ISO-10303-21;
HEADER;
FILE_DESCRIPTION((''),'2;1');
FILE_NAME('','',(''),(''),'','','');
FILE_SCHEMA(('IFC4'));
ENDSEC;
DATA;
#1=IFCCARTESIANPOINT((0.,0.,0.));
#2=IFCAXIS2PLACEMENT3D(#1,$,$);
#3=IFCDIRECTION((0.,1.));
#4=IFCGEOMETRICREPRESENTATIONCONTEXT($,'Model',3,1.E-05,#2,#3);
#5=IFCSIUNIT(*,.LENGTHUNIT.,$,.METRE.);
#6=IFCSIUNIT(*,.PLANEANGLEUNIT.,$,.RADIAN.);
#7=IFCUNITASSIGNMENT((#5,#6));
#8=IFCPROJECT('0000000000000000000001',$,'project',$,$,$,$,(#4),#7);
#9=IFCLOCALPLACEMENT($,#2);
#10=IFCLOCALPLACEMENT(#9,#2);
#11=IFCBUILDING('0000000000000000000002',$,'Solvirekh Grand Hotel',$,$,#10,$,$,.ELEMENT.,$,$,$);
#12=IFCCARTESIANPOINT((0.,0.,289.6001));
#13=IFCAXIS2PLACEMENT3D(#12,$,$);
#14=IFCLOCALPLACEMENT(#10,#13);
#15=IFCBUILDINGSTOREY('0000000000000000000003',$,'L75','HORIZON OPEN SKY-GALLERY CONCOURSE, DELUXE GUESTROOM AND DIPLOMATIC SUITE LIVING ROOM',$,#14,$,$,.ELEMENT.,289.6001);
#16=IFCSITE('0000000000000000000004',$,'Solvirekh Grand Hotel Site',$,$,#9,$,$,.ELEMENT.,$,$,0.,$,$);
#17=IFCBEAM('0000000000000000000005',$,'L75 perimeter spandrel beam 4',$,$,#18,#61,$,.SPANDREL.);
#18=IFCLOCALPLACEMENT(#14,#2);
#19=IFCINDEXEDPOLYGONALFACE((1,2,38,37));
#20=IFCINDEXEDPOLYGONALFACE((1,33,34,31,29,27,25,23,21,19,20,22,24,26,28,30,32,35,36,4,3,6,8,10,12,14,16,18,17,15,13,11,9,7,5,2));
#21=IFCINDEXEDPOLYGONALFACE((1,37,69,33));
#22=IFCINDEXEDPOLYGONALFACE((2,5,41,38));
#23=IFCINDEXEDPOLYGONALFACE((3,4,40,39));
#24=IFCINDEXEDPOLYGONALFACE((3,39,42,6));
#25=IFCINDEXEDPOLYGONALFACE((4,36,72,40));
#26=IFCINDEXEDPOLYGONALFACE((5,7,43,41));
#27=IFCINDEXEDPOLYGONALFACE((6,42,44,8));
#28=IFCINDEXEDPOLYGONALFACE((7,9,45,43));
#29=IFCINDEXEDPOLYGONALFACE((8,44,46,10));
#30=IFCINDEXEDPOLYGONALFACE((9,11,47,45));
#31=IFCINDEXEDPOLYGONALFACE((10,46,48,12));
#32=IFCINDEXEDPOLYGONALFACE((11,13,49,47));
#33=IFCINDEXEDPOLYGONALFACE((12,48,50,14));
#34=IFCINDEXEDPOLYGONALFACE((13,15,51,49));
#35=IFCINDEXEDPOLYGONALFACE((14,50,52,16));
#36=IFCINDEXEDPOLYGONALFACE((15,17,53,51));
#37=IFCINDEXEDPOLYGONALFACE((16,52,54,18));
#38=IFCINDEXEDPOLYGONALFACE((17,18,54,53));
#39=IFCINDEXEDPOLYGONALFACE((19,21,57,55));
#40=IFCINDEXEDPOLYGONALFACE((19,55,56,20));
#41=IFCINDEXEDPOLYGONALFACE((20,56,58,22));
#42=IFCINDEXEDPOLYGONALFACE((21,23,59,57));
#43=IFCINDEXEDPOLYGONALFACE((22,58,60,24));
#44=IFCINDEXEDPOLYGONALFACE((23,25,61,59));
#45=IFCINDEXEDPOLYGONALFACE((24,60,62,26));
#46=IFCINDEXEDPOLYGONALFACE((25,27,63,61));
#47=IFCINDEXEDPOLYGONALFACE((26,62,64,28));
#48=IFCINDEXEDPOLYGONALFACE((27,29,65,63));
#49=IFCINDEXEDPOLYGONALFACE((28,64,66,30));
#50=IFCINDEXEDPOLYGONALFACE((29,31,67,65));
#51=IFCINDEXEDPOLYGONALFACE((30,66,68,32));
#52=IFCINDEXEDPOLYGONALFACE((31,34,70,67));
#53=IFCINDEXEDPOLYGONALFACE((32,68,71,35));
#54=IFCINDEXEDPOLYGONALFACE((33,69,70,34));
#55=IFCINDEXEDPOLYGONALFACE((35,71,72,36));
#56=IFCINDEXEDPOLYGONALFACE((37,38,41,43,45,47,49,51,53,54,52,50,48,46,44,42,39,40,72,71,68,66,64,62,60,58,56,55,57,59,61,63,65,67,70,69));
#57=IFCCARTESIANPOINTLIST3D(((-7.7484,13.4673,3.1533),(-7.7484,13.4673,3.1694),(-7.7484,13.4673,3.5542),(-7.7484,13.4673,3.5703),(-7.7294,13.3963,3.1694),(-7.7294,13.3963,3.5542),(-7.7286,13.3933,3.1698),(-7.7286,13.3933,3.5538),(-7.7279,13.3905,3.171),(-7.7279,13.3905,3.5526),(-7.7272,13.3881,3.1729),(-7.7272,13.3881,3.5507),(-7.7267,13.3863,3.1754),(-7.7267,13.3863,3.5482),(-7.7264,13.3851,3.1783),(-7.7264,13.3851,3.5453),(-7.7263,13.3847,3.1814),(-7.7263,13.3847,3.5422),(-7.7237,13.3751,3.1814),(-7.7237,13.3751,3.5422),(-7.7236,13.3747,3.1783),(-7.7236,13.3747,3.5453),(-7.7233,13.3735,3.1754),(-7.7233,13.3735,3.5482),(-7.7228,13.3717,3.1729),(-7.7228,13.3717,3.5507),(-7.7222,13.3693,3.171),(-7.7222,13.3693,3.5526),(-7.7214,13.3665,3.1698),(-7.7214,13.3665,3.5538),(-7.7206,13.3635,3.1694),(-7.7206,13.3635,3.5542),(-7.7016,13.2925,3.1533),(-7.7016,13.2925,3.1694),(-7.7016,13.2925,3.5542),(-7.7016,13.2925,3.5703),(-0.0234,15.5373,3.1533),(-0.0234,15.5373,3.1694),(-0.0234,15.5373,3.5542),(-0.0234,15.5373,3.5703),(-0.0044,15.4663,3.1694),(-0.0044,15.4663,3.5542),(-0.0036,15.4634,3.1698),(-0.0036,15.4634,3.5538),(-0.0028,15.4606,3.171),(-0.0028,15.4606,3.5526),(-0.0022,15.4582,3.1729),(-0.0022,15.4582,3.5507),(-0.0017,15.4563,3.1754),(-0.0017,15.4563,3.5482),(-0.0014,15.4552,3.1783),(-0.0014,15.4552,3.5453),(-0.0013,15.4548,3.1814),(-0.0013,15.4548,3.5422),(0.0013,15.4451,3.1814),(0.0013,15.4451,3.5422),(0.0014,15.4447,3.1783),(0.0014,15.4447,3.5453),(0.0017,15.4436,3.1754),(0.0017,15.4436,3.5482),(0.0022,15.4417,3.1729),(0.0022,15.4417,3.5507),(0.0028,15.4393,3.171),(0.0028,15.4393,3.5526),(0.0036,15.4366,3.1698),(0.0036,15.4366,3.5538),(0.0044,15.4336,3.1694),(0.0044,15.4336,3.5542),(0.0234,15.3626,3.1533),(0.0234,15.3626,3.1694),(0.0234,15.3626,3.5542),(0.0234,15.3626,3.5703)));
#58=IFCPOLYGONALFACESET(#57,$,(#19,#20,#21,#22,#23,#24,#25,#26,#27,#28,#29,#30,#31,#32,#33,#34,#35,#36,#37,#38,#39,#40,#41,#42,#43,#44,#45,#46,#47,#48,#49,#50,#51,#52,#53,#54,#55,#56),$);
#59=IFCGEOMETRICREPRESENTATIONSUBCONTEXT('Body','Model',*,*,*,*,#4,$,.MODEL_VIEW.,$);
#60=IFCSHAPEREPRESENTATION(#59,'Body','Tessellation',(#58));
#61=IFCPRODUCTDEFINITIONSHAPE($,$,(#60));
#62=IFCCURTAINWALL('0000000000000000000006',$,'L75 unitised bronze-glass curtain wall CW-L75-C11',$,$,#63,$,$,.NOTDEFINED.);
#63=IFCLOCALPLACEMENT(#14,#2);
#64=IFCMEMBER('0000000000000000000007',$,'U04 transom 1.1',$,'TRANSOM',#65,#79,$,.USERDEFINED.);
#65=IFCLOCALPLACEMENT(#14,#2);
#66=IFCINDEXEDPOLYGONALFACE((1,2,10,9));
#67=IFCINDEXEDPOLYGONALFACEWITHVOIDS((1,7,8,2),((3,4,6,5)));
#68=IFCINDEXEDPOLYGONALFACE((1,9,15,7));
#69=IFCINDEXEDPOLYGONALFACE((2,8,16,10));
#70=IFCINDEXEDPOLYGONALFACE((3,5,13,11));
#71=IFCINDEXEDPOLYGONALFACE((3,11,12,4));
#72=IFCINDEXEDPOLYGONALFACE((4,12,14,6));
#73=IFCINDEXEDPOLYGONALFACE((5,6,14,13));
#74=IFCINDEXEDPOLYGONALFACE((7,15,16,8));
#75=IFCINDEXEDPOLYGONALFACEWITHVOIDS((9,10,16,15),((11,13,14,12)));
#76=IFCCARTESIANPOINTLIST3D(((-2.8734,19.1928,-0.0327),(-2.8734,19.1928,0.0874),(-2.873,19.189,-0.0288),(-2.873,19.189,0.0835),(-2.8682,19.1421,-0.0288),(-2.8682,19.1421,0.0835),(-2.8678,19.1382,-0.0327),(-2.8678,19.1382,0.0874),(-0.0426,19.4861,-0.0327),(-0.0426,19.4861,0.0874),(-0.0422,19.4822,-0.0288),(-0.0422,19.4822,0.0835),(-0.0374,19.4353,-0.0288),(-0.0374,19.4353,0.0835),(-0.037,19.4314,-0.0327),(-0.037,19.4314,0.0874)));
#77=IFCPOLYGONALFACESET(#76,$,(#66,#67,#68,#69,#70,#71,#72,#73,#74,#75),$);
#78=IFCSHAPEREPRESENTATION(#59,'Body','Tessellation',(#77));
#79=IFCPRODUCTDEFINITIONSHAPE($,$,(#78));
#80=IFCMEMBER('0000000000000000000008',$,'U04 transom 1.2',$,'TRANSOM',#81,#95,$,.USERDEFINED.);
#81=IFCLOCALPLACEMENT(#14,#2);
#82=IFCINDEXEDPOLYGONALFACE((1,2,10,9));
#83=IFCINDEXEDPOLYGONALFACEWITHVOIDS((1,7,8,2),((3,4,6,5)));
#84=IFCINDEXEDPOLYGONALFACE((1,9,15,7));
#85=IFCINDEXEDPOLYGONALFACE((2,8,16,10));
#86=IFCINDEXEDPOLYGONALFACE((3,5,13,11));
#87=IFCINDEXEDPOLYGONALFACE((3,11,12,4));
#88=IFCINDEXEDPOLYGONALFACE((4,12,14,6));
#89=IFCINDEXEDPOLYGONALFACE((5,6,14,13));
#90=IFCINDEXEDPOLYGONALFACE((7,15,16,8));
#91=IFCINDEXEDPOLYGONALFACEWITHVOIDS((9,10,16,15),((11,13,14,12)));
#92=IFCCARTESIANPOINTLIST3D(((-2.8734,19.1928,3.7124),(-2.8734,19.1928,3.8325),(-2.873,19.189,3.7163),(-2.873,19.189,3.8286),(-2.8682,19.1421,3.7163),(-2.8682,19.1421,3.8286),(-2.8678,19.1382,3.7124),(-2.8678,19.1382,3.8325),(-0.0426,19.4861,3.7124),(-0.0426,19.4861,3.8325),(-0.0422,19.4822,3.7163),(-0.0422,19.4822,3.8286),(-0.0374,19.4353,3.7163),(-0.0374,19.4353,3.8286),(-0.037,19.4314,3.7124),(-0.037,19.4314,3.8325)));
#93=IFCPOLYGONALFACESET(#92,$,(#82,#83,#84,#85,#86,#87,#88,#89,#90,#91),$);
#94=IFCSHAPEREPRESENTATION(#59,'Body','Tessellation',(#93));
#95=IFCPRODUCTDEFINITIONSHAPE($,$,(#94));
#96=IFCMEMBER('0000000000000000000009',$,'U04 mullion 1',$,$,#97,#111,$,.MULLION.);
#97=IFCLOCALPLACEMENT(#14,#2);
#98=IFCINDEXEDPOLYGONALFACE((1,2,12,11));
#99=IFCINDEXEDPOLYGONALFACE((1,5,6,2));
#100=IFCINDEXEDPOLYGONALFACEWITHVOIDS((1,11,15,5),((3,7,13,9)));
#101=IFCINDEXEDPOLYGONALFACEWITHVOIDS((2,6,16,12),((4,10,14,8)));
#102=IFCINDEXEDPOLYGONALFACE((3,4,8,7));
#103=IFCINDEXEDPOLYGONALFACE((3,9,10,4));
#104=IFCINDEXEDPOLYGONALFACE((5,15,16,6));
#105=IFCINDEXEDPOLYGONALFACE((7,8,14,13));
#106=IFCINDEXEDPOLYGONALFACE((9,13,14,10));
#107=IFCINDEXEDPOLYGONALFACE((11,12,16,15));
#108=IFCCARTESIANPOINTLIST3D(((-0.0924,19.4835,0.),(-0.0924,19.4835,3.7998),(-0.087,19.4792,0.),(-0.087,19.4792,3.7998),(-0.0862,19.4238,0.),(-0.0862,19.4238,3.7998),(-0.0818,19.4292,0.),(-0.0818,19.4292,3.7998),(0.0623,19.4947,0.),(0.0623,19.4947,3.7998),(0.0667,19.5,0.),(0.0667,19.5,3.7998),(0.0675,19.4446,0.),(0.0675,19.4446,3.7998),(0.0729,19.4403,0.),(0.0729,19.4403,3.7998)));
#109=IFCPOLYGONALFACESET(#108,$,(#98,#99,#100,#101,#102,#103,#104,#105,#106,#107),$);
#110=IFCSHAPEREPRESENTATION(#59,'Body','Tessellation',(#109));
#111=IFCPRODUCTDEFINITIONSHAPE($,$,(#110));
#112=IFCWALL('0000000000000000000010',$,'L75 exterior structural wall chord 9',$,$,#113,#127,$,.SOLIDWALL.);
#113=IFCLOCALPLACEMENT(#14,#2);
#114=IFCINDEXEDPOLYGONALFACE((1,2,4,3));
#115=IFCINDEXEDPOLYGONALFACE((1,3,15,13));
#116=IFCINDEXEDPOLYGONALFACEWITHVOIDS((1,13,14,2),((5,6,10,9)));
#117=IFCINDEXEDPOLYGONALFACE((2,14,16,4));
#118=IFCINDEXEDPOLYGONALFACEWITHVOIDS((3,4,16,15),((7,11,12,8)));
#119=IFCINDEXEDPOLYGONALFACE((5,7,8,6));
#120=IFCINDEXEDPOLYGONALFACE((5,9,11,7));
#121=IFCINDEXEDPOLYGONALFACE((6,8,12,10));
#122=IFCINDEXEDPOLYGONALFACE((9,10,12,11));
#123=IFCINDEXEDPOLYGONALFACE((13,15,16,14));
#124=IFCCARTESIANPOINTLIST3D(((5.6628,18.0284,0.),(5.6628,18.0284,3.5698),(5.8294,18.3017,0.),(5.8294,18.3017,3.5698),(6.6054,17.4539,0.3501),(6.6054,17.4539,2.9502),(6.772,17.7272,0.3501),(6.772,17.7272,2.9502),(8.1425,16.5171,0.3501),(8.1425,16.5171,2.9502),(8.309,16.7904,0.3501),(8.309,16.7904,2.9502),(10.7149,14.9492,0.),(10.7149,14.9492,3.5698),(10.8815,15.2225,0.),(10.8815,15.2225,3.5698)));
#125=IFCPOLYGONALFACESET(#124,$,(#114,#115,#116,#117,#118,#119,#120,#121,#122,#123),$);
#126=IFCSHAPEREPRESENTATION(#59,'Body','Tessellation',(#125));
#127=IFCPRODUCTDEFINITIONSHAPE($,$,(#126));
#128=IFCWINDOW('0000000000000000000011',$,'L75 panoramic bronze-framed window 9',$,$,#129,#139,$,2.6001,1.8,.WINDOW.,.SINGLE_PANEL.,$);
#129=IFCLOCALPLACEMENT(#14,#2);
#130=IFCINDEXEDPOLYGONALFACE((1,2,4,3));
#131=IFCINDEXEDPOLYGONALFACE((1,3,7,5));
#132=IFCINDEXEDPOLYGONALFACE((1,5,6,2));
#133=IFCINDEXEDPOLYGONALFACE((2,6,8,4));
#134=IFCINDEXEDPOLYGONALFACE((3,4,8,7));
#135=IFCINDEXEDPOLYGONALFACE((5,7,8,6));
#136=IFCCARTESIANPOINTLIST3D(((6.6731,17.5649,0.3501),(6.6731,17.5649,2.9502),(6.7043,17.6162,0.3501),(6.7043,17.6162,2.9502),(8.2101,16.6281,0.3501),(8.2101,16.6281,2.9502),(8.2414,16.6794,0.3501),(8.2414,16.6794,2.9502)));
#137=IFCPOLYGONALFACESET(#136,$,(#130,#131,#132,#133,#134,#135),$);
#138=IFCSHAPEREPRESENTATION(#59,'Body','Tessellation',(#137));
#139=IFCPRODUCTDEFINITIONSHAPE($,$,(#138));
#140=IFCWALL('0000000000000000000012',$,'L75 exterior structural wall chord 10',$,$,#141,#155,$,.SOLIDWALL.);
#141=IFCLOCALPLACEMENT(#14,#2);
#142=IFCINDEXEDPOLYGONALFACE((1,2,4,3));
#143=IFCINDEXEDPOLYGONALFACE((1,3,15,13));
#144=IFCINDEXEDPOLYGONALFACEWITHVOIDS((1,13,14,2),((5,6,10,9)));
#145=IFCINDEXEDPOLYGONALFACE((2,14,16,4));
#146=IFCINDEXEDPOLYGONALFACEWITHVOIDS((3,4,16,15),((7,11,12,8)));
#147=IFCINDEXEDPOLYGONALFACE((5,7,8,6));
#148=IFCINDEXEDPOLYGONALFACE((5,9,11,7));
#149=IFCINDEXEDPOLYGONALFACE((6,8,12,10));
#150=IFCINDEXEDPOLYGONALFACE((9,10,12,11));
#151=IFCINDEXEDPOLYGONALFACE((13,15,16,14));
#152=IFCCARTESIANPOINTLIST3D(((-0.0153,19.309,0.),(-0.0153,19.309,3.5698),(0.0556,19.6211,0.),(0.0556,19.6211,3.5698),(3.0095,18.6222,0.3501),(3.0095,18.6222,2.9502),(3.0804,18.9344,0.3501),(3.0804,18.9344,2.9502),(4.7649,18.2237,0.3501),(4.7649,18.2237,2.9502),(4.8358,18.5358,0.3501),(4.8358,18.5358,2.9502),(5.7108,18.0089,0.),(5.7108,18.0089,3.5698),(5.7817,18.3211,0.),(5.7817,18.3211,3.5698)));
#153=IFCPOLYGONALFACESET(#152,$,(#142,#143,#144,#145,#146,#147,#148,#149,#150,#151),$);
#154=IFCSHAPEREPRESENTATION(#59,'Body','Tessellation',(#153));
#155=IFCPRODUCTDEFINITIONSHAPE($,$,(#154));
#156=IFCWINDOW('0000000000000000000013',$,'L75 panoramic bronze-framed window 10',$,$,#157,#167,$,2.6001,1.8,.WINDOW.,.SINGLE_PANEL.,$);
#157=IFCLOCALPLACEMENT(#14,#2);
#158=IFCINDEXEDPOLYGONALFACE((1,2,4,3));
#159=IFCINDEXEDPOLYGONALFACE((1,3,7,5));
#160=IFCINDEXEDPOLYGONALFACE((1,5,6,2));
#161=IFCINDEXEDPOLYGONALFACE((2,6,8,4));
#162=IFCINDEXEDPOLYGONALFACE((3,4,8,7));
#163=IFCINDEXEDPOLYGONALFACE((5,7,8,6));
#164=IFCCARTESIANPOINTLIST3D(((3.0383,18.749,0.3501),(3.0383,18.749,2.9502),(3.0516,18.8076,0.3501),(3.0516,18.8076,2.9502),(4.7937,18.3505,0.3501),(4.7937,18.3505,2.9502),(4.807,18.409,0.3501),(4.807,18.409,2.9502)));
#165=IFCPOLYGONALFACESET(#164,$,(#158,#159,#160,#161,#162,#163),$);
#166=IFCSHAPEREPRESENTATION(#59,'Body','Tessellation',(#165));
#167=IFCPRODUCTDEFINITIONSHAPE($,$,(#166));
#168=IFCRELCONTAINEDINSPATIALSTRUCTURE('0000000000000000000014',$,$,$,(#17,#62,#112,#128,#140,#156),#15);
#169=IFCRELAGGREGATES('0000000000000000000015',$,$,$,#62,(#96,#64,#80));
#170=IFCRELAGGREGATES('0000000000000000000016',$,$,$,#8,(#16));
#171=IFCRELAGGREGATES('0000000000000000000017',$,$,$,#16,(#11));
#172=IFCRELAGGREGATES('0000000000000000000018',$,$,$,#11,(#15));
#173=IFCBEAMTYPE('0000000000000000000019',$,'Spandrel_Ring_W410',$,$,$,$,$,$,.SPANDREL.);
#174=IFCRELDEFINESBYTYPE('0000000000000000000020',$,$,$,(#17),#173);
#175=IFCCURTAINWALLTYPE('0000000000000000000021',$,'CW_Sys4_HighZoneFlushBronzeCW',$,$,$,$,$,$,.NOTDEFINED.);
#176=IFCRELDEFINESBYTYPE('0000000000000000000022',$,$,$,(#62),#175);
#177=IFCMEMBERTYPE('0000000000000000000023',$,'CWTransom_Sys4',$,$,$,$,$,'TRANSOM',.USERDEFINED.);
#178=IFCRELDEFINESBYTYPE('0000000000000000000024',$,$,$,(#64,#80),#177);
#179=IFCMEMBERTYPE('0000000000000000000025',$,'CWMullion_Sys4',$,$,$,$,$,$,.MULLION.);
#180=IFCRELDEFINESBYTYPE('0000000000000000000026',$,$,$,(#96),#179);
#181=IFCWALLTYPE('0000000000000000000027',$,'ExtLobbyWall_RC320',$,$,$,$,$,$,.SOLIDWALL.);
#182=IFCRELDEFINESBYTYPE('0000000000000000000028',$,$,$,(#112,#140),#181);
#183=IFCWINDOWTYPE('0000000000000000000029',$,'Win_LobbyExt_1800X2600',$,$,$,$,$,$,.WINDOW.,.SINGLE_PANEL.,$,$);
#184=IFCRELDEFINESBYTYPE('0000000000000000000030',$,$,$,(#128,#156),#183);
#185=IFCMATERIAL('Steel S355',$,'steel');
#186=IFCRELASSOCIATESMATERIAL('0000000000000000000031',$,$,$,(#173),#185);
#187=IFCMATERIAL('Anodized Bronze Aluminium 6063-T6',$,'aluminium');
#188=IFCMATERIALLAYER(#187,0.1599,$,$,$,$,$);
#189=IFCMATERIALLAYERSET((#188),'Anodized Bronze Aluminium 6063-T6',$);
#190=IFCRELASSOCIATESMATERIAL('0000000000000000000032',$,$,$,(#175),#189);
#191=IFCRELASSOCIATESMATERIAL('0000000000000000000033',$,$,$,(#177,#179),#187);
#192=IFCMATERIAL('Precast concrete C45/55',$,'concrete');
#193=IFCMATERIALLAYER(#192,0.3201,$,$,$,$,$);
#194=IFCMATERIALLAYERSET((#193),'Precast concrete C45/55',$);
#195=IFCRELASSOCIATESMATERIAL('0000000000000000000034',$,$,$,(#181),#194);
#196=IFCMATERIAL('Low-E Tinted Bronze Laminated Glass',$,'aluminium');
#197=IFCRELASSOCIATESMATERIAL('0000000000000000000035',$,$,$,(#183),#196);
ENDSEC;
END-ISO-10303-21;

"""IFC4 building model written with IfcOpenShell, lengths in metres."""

from ifc_helpers import new_model, si_unit, direction, frame, frame_2d, origin, origin_2d, place, context, subcontext, project, spatial, rectangle, hollow_rectangle, i_section, extrude, source, transform, mapped, material, layer, layer_set, material_profile, profile_set, type_object, element, fill, aggregate, save


model = new_model("IFC4")

# Units and contexts
model_context = context("Model", 3, precision=1e-05, world=origin(), true_north=direction((0.0, 1.0)))
body_context = subcontext(model_context, "Body", "Model", "MODEL_VIEW")
ifc_project = project(units=[si_unit("LENGTHUNIT", "METRE"), si_unit("PLANEANGLEUNIT", "RADIAN")], contexts=[model_context])

# Site, building, storey
site_placement = place(None, origin())
site = spatial("IfcSite", under=ifc_project, at=site_placement, Name="Solvirekh Grand Hotel Site", CompositionType="ELEMENT", RefElevation=0.0)
building_placement = place(site_placement, origin())
building = spatial("IfcBuilding", under=site, at=building_placement, Name="Solvirekh Grand Hotel", CompositionType="ELEMENT")
storey_placement = place(building_placement, frame((0.0, 0.0, 289.6001)))
storey = spatial("IfcBuildingStorey", under=building, at=storey_placement, Name="L75", Description="HORIZON OPEN SKY-GALLERY CONCOURSE, DELUXE GUESTROOM AND DIPLOMATIC SUITE LIVING ROOM", CompositionType="ELEMENT", Elevation=289.6001)

# Beam
ifc_material_1 = material(Name="Steel S355", Category="steel")
ifc_material_profile_1 = material_profile(ifc_material_1, i_section(OverallWidth=0.1809, OverallDepth=0.417, WebThickness=0.01, FlangeThickness=0.0161, FilletRadius=0.012, at=origin_2d()), Name="W410X85")
ifc_profile_set_1 = profile_set([ifc_material_profile_1], Name="Steel S355")
beam_type_1 = type_object("IfcBeamType", Name="Spandrel_Ring_W410", PredefinedType="SPANDREL", material=ifc_profile_set_1)
for number, where, z_axis, x_axis, name in (
    (1, (0.0, 15.45, 3.3618), (-0.965922, -0.258835, 0.0), (0.258835, -0.965922, 0.0), "L75 perimeter spandrel beam 4"),
):
    element("IfcBeam", number, at=place(storey_placement, frame(where, z_axis=z_axis, x_axis=x_axis)), inside=storey, type_object=beam_type_1, Name=name, PredefinedType="SPANDREL", context=body_context, shape_type="SweptSolid", body=[
        extrude(i_section(OverallWidth=0.1809, OverallDepth=0.417, WebThickness=0.01, FlangeThickness=0.0161, FilletRadius=0.012, at=origin_2d()), origin(), (0.0, 0.0, 1.0), 7.9976),
    ])

# Curtain wall, members
ifc_material_2 = material(Name="Anodized Bronze Aluminium 6063-T6", Category="aluminium")
ifc_layer_1 = layer(ifc_material_2, 0.1599)
ifc_layer_set_1 = layer_set([ifc_layer_1], Name="Anodized Bronze Aluminium 6063-T6")
curtain_wall_type = type_object("IfcCurtainWallType", Name="CW_Sys4_HighZoneFlushBronzeCW", PredefinedType="NOTDEFINED", material=ifc_layer_set_1)
curtain_wall_placement = place(storey_placement, origin())
curtain_wall = element("IfcCurtainWall", 2, at=curtain_wall_placement, inside=storey, type_object=curtain_wall_type, Name="L75 unitised bronze-glass curtain wall CW-L75-C11", PredefinedType="NOTDEFINED")
ifc_material_profile_2 = material_profile(ifc_material_2, hollow_rectangle(XDim=0.0549, YDim=0.1201, WallThickness=0.0039, at=origin_2d()), Name="ALU RHS 120X55X4")
ifc_profile_set_2 = profile_set([ifc_material_profile_2], Name="Anodized Bronze Aluminium 6063-T6")
member_type_1 = type_object("IfcMemberType", Name="CWTransom_Sys4", ElementType="TRANSOM", PredefinedType="USERDEFINED", material=ifc_profile_set_2)
shared_shape_1 = source(origin(), body_context, "Body", "SweptSolid", [
    extrude(hollow_rectangle(XDim=0.0549, YDim=0.1201, WallThickness=0.0039, at=origin_2d()), origin(), (0.0, 0.0, 1.0), 2.8459),
])
member_1_placement = place(storey_placement, frame((-0.0398, 19.4587, 0.0273), z_axis=(-0.994678, -0.103028, 0.0), x_axis=(0.103028, -0.994678, 0.0)))
member_1 = element("IfcMember", 3, at=member_1_placement, type_object=member_type_1, Name="U04 transom 1.1", ObjectType="TRANSOM", PredefinedType="USERDEFINED", context=body_context, shape_type="MappedRepresentation", body=[
    mapped(shared_shape_1, transform((0.0, 0.0, 0.0), x_axis=(1.0, 0.0, 0.0), y_axis=(0.0, 1.0, 0.0), z_axis=(0.0, 0.0, 1.0), scale=1.0)),
])
member_2_placement = place(storey_placement, frame((-0.0398, 19.4587, 3.7725), z_axis=(-0.994678, -0.103028, 0.0), x_axis=(0.103028, -0.994678, 0.0)))
member_2 = element("IfcMember", 4, at=member_2_placement, type_object=member_type_1, Name="U04 transom 1.2", ObjectType="TRANSOM", PredefinedType="USERDEFINED", context=body_context, shape_type="MappedRepresentation", body=[
    mapped(shared_shape_1, transform((0.0, 0.0, 0.0), x_axis=(1.0, 0.0, 0.0), y_axis=(0.0, 1.0, 0.0), z_axis=(0.0, 0.0, 1.0), scale=1.0)),
])
ifc_material_profile_3 = material_profile(ifc_material_2, hollow_rectangle(XDim=0.0601, YDim=0.1599, WallThickness=0.0049, at=origin_2d()), Name="ALU RHS 160X60X5")
ifc_profile_set_3 = profile_set([ifc_material_profile_3], Name="Anodized Bronze Aluminium 6063-T6")
member_type_2 = type_object("IfcMemberType", Name="CWMullion_Sys4", PredefinedType="MULLION", material=ifc_profile_set_3)
shared_shape_2 = source(origin(), body_context, "Body", "SweptSolid", [
    extrude(hollow_rectangle(XDim=0.0601, YDim=0.1599, WallThickness=0.0049, at=origin_2d()), origin(), (0.0, 0.0, 1.0), 3.7998),
])
member_3_placement = place(storey_placement, frame((-0.0098, 19.4619, 0.0), z_axis=(0.0, 0.0, 1.0), x_axis=(0.103027, -0.994679, 0.0)))
member_3 = element("IfcMember", 5, at=member_3_placement, type_object=member_type_2, Name="U04 mullion 1", PredefinedType="MULLION", context=body_context, shape_type="MappedRepresentation", body=[
    mapped(shared_shape_2, transform((0.0, 0.0, 0.0), x_axis=(1.0, 0.0, 0.0), y_axis=(0.0, 1.0, 0.0), z_axis=(0.0, 0.0, 1.0), scale=1.0)),
])
aggregate(curtain_wall, [member_3, member_1, member_2])

# Walls, openings, windows
ifc_material_3 = material(Name="Precast concrete C45/55", Category="concrete")
ifc_layer_2 = layer(ifc_material_3, 0.3201)
ifc_layer_set_2 = layer_set([ifc_layer_2], Name="Precast concrete C45/55")
wall_type_1 = type_object("IfcWallType", Name="ExtLobbyWall_RC320", PredefinedType="SOLIDWALL", material=ifc_layer_set_2)
wall_1_placement = place(storey_placement, frame((5.7461, 18.165, 0.0), z_axis=(0.0, 0.0, 1.0), x_axis=(0.8539, -0.520436, 0.0)))
wall_1 = element("IfcWall", 6, at=wall_1_placement, inside=storey, type_object=wall_type_1, Name="L75 exterior structural wall chord 9", PredefinedType="SOLIDWALL", context=body_context, shape_type="SweptSolid", body=[
    extrude(rectangle(XDim=5.9165, YDim=0.3201, at=frame_2d((2.9583, 0.0))), origin(), (0.0, 0.0, 1.0), 3.5698),
])
opening_1_placement = place(wall_1_placement, frame((1.104, 0.0, 0.3501)))
opening_1 = element("IfcOpeningElement", 7, at=opening_1_placement, cuts=wall_1, PredefinedType="OPENING", context=body_context, shape_type="SweptSolid", body=[
    extrude(rectangle(XDim=1.8, YDim=2.6001, at=frame_2d((0.8999, 1.3))), frame((0.0, 0.1699, 0.0), z_axis=(0.0, -1.0, 0.0), x_axis=(1.0, 0.0, 0.0)), (0.0, 0.0, 1.0), 0.3401),
])
ifc_material_4 = material(Name="Low-E Tinted Bronze Laminated Glass", Category="aluminium")
window_type = type_object("IfcWindowType", Name="Win_LobbyExt_1800X2600", PartitioningType="SINGLE_PANEL", PredefinedType="WINDOW", material=ifc_material_4)
window_1_placement = place(opening_1_placement, origin())
window_1 = element("IfcWindow", 8, at=window_1_placement, inside=storey, type_object=window_type, Name="L75 panoramic bronze-framed window 9", OverallHeight=2.6001, OverallWidth=1.8, PartitioningType="SINGLE_PANEL", PredefinedType="WINDOW", context=body_context, shape_type="SweptSolid", body=[
    extrude(rectangle(XDim=1.8, YDim=2.6001, at=frame_2d((0.8999, 1.3))), frame((0.0, 0.03, 0.0), z_axis=(0.0, -1.0, 0.0), x_axis=(1.0, 0.0, 0.0)), (0.0, 0.0, 1.0), 0.0601),
])
fill(opening_1, window_1)
wall_2_placement = place(storey_placement, frame((0.02, 19.4651, 0.0), z_axis=(0.0, 0.0, 1.0), x_axis=(0.975182, -0.221405, 0.0)))
wall_2 = element("IfcWall", 9, at=wall_2_placement, inside=storey, type_object=wall_type_1, Name="L75 exterior structural wall chord 10", PredefinedType="SOLIDWALL", context=body_context, shape_type="SweptSolid", body=[
    extrude(rectangle(XDim=5.8718, YDim=0.3201, at=frame_2d((2.936, 0.0))), origin(), (0.0, 0.0, 1.0), 3.5698),
])
opening_2_placement = place(wall_2_placement, frame((3.1021, 0.0, 0.3501)))
opening_2 = element("IfcOpeningElement", 10, at=opening_2_placement, cuts=wall_2, PredefinedType="OPENING", context=body_context, shape_type="SweptSolid", body=[
    extrude(rectangle(XDim=1.8, YDim=2.6001, at=frame_2d((0.8999, 1.3))), frame((0.0, 0.1699, 0.0), z_axis=(0.0, -1.0, 0.0), x_axis=(1.0, 0.0, 0.0)), (0.0, 0.0, 1.0), 0.3401),
])
window_2_placement = place(opening_2_placement, origin())
window_2 = element("IfcWindow", 11, at=window_2_placement, inside=storey, type_object=window_type, Name="L75 panoramic bronze-framed window 10", OverallHeight=2.6001, OverallWidth=1.8, PartitioningType="SINGLE_PANEL", PredefinedType="WINDOW", context=body_context, shape_type="SweptSolid", body=[
    extrude(rectangle(XDim=1.8, YDim=2.6001, at=frame_2d((0.8999, 1.3))), frame((0.0, 0.03, 0.0), z_axis=(0.0, -1.0, 0.0), x_axis=(1.0, 0.0, 0.0)), (0.0, 0.0, 1.0), 0.0601),
])
fill(opening_2, window_2)

save(model, "model.ifc")
